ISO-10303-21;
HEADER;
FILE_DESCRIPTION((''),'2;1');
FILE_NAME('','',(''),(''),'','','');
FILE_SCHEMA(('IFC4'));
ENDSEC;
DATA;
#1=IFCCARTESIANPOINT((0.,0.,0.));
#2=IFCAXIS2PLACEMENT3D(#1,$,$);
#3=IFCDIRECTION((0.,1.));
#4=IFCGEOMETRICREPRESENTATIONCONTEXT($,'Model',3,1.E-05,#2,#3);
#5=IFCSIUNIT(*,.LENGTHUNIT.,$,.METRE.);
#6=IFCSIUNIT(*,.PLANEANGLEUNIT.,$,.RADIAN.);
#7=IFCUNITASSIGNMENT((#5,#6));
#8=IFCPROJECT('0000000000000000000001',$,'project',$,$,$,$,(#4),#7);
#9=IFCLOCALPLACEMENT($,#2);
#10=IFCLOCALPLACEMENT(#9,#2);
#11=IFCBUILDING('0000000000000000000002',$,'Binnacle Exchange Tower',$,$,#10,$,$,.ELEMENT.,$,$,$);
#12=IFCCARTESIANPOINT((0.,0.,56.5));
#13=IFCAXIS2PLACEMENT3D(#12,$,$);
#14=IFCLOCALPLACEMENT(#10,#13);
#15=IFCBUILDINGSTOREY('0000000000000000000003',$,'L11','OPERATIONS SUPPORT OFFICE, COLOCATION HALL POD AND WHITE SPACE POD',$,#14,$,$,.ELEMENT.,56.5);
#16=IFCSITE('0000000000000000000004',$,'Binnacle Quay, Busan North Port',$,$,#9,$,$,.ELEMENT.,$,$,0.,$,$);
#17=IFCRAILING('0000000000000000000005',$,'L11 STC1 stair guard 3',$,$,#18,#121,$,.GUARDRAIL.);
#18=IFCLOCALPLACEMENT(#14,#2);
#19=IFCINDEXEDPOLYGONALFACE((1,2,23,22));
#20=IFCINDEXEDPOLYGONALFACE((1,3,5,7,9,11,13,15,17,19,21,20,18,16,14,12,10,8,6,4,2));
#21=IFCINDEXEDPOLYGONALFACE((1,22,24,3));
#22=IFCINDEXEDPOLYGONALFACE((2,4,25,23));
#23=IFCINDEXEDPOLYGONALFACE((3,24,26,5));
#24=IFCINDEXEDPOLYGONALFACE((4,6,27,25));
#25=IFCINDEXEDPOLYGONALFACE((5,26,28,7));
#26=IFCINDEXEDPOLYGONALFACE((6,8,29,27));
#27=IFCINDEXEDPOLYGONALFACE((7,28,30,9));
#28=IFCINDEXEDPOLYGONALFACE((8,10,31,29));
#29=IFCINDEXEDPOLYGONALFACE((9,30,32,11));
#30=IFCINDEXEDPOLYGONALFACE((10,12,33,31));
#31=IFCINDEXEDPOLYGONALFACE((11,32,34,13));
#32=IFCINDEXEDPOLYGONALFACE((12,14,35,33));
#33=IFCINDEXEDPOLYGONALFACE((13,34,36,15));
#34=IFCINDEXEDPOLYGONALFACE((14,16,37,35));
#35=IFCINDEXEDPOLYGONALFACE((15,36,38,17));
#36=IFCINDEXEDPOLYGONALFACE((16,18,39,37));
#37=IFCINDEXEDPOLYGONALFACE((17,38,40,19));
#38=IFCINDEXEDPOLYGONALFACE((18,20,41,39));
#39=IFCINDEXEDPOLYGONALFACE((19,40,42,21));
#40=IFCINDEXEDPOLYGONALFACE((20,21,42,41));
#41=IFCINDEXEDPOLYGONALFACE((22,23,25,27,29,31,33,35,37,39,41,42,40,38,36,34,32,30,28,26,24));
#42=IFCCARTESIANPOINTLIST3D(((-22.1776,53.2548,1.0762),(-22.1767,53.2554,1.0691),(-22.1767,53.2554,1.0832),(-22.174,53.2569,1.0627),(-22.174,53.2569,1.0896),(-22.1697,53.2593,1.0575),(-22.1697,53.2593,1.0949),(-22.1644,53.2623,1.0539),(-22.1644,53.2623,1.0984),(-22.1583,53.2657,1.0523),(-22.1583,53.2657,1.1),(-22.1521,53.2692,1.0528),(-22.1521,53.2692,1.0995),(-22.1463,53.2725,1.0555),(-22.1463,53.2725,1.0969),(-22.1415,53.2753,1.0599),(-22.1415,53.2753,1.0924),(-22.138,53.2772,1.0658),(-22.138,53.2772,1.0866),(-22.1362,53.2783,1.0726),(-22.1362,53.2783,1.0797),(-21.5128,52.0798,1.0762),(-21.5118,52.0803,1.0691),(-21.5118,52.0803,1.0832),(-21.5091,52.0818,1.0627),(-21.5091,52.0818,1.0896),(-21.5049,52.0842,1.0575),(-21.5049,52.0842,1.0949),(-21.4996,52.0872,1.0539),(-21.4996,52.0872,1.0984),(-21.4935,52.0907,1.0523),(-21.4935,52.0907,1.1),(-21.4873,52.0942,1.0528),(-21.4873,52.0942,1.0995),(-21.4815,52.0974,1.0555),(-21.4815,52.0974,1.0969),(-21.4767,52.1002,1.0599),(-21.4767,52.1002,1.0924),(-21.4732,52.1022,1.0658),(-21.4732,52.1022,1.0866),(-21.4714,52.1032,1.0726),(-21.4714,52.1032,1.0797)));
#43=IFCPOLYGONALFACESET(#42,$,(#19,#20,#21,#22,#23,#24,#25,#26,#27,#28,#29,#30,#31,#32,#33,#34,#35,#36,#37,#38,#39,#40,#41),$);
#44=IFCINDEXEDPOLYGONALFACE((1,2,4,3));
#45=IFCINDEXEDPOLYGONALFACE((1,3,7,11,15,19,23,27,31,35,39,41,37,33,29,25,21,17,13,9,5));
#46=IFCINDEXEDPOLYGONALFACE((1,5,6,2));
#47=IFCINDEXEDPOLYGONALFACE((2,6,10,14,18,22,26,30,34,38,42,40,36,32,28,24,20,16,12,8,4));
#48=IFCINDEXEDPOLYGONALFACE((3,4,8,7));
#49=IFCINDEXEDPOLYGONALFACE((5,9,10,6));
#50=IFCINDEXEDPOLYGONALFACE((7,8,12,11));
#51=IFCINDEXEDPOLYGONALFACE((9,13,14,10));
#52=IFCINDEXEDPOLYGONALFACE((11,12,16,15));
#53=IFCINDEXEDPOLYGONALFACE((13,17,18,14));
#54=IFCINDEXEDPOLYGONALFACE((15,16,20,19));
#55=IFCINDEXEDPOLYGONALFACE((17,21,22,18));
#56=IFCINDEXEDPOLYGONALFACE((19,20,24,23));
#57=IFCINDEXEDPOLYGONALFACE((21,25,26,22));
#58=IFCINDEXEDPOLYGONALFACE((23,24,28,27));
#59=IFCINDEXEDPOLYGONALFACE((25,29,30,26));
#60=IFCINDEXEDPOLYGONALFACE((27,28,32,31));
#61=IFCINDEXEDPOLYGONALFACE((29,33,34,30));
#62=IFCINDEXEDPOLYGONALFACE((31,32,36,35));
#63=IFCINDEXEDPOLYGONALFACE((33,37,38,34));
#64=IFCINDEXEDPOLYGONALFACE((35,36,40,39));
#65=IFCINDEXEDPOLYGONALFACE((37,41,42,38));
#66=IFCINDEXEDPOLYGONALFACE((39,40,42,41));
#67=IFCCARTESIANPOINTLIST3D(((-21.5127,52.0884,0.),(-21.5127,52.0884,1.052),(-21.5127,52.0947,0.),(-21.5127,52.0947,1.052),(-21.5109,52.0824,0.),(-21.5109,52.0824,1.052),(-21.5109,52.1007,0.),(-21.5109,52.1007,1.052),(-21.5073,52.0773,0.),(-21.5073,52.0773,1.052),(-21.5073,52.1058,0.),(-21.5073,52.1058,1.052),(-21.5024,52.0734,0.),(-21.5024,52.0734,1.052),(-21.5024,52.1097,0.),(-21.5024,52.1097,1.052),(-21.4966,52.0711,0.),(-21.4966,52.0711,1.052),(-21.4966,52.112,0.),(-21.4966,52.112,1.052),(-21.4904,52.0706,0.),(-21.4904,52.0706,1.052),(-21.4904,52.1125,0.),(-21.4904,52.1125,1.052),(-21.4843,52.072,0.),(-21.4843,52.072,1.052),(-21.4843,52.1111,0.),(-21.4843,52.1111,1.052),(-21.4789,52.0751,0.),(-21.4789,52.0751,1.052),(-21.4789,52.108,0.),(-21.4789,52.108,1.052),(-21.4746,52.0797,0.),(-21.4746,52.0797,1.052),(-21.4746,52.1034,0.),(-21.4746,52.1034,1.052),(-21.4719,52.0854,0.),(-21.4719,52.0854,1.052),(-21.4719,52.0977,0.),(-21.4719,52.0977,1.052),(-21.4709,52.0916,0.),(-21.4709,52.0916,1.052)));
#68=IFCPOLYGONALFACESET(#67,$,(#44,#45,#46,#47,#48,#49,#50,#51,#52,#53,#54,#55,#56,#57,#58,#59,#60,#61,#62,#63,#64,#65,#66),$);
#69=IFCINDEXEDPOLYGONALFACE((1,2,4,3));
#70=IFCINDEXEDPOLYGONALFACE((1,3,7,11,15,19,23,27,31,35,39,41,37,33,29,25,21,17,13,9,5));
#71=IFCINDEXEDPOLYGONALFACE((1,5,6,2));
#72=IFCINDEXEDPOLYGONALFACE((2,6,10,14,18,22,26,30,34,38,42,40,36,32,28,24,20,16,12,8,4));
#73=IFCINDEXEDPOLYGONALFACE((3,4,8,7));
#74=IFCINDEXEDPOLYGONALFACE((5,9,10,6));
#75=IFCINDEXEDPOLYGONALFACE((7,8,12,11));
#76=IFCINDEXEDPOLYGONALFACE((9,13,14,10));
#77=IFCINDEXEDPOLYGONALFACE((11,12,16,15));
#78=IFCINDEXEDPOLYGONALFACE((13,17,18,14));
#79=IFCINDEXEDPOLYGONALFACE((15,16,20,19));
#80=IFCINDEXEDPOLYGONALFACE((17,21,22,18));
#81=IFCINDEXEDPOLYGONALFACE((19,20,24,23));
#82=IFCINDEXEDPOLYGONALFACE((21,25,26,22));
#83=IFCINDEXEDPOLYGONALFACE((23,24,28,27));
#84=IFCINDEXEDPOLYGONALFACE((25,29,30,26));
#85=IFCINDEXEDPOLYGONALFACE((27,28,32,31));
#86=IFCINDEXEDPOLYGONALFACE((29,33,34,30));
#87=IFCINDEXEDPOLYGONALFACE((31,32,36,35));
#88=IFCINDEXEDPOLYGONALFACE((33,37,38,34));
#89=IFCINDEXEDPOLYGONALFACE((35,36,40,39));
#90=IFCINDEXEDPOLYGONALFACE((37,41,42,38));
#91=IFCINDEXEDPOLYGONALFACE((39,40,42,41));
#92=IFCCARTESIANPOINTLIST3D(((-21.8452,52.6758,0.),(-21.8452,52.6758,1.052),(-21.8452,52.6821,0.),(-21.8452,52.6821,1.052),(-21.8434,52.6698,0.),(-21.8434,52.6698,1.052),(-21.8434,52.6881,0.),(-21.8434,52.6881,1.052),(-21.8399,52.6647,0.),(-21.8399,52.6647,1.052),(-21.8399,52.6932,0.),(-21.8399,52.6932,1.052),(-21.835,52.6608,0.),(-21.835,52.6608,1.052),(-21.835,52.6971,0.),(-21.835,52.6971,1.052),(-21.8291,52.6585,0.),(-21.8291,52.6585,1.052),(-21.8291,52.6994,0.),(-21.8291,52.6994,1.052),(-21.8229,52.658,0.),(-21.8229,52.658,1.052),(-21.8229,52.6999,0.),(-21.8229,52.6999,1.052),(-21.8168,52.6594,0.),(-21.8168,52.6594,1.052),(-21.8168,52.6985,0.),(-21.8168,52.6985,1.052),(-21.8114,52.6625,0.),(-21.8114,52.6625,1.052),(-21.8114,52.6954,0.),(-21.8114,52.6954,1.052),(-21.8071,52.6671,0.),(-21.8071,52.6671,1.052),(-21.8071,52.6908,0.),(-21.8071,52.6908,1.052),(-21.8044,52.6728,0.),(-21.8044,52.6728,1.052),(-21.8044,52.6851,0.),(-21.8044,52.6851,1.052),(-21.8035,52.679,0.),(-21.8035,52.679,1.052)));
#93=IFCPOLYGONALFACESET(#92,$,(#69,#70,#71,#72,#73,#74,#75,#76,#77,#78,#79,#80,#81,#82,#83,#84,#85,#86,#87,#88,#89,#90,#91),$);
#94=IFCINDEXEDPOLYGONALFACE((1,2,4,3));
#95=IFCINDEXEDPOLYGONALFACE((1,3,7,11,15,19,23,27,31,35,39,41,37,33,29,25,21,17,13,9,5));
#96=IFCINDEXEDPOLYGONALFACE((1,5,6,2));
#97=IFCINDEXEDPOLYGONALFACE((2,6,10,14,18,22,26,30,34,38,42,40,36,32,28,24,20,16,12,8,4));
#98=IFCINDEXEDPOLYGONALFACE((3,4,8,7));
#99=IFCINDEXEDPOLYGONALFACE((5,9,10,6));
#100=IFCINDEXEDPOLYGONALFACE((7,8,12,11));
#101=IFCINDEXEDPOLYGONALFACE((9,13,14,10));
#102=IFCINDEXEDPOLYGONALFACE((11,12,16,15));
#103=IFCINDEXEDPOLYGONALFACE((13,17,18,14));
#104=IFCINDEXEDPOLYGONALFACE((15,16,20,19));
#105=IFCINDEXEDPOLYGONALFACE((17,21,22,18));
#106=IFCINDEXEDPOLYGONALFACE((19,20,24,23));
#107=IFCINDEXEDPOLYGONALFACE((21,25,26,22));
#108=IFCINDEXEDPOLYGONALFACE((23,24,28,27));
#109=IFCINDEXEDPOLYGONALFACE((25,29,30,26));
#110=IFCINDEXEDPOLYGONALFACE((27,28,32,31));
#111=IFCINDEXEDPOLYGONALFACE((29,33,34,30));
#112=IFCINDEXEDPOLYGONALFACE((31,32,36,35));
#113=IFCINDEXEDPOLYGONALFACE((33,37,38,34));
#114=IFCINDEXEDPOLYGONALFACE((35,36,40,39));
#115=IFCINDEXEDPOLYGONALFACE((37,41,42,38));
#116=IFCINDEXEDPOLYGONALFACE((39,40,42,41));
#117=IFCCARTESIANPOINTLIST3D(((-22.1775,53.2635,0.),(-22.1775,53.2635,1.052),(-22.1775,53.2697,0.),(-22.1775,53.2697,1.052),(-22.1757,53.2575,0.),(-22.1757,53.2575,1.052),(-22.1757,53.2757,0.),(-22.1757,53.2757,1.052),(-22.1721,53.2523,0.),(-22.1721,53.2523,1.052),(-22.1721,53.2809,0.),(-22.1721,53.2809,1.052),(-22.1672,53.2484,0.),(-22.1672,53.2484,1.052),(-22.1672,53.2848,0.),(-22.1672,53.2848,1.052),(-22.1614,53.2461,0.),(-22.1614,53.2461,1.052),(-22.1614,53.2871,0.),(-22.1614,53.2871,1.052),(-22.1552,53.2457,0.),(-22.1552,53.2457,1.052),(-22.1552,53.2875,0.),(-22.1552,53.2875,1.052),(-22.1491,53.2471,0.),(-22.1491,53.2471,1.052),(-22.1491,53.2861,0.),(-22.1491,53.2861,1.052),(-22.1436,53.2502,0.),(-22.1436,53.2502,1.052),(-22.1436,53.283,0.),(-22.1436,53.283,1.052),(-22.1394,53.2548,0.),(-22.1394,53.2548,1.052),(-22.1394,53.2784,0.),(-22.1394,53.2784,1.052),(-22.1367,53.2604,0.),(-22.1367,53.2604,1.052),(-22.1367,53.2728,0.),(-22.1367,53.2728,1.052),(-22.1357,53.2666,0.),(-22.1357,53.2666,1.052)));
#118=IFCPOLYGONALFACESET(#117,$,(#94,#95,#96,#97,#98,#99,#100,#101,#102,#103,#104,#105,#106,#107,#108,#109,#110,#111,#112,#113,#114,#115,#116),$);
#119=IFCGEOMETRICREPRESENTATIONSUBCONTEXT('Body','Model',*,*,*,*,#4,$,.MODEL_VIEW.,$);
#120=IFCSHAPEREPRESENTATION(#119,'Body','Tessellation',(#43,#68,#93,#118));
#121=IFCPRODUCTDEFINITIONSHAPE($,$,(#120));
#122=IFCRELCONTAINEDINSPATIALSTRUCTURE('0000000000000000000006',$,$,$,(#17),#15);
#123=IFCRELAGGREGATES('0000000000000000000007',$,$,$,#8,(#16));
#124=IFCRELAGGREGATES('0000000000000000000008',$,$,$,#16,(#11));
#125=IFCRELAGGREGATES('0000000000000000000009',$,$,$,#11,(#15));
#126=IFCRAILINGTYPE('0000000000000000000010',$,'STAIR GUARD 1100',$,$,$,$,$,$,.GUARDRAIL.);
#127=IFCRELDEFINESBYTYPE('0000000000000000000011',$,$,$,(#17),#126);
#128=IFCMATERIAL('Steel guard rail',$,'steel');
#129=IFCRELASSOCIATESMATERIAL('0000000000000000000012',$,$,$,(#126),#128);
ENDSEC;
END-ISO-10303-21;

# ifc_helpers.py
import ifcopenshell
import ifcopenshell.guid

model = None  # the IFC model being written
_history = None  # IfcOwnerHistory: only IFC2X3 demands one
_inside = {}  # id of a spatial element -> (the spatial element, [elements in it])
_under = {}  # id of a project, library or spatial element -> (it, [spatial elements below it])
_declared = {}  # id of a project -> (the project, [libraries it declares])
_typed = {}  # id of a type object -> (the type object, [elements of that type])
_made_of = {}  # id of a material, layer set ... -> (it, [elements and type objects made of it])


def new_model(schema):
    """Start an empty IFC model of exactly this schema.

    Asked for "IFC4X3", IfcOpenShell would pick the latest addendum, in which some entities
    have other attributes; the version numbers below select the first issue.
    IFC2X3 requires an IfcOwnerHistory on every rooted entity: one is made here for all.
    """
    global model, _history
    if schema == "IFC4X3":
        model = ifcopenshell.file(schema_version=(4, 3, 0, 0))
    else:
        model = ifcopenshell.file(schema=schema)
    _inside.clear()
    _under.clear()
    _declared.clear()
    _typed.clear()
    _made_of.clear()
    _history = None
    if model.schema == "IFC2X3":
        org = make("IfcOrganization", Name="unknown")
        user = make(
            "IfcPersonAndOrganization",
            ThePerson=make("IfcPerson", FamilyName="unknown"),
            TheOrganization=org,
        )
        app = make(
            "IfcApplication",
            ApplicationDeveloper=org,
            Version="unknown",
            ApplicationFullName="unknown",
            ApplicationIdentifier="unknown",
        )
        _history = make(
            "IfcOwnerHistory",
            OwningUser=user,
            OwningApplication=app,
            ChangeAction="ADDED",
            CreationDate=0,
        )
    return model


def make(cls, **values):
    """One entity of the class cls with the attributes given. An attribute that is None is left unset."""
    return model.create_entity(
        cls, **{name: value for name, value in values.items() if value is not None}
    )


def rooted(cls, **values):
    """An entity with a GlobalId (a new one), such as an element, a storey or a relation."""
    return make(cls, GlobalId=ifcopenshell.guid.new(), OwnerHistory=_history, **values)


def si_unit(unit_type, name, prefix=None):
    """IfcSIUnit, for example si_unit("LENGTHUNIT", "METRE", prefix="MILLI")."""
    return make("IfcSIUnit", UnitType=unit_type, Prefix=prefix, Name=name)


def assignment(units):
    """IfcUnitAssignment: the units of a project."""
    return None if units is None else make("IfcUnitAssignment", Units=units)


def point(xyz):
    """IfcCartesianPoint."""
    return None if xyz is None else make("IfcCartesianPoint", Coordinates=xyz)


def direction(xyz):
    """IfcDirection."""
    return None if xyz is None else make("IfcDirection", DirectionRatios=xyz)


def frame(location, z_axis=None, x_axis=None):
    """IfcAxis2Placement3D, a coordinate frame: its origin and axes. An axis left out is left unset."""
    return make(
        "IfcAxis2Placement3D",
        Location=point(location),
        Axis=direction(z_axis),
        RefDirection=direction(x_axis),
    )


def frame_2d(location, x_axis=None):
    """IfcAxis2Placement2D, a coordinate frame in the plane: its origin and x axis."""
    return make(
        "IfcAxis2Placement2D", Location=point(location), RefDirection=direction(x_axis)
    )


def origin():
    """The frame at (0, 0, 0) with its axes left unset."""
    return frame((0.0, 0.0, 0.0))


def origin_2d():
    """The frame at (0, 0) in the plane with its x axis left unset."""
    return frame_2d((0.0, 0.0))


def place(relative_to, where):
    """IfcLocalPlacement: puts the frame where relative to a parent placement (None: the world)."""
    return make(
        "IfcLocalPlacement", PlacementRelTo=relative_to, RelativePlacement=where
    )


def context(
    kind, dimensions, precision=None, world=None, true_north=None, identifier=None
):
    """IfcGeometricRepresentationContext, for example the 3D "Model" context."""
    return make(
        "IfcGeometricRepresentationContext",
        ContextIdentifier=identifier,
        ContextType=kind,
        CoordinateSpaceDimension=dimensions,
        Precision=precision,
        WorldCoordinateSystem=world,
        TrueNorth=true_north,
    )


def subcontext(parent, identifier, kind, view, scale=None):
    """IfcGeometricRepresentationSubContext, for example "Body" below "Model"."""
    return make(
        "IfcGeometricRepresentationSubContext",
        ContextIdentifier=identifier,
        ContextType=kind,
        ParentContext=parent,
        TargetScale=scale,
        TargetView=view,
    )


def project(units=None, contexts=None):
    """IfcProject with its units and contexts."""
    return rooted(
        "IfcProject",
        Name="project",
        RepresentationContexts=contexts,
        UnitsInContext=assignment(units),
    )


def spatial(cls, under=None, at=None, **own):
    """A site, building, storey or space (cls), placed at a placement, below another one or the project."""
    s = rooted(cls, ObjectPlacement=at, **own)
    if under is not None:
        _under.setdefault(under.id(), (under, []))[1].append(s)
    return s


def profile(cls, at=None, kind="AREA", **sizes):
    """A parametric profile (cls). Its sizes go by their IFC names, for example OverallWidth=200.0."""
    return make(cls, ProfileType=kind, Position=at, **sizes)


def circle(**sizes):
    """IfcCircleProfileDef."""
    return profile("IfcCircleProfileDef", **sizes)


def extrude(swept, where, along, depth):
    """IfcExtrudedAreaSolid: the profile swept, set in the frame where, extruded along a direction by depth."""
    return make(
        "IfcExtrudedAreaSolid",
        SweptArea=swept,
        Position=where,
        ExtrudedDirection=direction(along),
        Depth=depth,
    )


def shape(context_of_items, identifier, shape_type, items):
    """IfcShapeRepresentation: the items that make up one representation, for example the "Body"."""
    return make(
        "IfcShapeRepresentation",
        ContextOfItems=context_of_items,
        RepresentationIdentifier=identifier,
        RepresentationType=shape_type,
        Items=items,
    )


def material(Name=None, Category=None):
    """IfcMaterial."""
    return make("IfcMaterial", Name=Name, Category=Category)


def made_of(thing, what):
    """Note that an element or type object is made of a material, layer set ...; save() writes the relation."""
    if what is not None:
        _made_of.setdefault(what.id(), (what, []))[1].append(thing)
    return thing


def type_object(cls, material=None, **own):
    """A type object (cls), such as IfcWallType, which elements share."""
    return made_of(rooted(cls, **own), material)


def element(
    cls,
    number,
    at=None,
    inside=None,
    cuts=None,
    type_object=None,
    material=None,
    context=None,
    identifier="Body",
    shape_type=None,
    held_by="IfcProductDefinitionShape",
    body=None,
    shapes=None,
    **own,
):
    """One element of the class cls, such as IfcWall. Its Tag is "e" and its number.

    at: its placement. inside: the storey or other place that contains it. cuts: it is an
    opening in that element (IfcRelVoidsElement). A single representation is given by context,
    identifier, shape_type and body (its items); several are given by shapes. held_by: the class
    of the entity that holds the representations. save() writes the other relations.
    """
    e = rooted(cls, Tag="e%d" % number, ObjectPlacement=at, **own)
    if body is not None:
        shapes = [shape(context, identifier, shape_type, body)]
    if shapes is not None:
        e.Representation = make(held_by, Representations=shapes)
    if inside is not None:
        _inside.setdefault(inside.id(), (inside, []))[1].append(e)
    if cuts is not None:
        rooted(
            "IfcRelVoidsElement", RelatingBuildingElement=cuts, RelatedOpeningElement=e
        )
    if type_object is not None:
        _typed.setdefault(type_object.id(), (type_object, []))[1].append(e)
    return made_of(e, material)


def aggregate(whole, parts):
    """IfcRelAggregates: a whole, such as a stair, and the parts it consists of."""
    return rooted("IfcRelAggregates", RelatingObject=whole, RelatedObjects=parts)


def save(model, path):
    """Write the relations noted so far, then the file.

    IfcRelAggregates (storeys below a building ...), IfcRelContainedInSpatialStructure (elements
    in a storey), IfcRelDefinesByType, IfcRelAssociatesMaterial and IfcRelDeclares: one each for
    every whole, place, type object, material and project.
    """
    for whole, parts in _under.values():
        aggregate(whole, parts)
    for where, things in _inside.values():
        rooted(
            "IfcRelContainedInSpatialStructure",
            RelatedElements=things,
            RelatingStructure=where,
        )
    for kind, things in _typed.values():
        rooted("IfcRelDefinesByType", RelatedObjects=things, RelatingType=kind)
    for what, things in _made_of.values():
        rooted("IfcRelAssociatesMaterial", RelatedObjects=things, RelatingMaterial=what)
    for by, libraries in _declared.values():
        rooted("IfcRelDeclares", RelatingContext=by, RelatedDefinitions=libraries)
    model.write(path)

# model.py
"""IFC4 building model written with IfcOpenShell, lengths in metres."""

from ifc_helpers import new_model, si_unit, direction, frame, origin, origin_2d, place, context, subcontext, project, spatial, circle, extrude, material, type_object, element, save


model = new_model("IFC4")

# Units and contexts
model_context = context("Model", 3, precision=1e-05, world=origin(), true_north=direction((0.0, 1.0)))
body_context = subcontext(model_context, "Body", "Model", "MODEL_VIEW")
ifc_project = project(units=[si_unit("LENGTHUNIT", "METRE"), si_unit("PLANEANGLEUNIT", "RADIAN")], contexts=[model_context])

# Site, building, storey
site_placement = place(None, origin())
site = spatial("IfcSite", under=ifc_project, at=site_placement, Name="Binnacle Quay, Busan North Port", CompositionType="ELEMENT", RefElevation=0.0)
building_placement = place(site_placement, origin())
building = spatial("IfcBuilding", under=site, at=building_placement, Name="Binnacle Exchange Tower", CompositionType="ELEMENT")
storey_placement = place(building_placement, frame((0.0, 0.0, 56.5)))
storey = spatial("IfcBuildingStorey", under=building, at=storey_placement, Name="L11", Description="OPERATIONS SUPPORT OFFICE, COLOCATION HALL POD AND WHITE SPACE POD", CompositionType="ELEMENT", Elevation=56.5)

# Railing
ifc_material_1 = material(Name="Steel guard rail", Category="steel")
railing_type = type_object("IfcRailingType", Name="STAIR GUARD 1100", PredefinedType="GUARDRAIL", material=ifc_material_1)
railing_1_placement = place(storey_placement, frame((-21.4919, 52.0916, 0.0)))
element("IfcRailing", 1, at=railing_1_placement, inside=storey, type_object=railing_type, Name="L11 STC1 stair guard 3", PredefinedType="GUARDRAIL", context=body_context, shape_type="SweptSolid", body=[
    extrude(circle(Radius=0.0239, at=origin_2d()), frame((0.0, 0.0, 1.0762), z_axis=(-0.492415, 0.870361, 0.0), x_axis=(-0.870361, -0.492415, 0.0)), (0.0, 0.0, 1.0), 1.3501),
    extrude(circle(Radius=0.021, at=origin_2d()), origin(), (0.0, 0.0, 1.0), 1.052),
    extrude(circle(Radius=0.021, at=origin_2d()), frame((-0.3325, 0.5874, 0.0)), (0.0, 0.0, 1.0), 1.052),
    extrude(circle(Radius=0.021, at=origin_2d()), frame((-0.6648, 1.175, 0.0)), (0.0, 0.0, 1.0), 1.052),
])

save(model, "model.ifc")
